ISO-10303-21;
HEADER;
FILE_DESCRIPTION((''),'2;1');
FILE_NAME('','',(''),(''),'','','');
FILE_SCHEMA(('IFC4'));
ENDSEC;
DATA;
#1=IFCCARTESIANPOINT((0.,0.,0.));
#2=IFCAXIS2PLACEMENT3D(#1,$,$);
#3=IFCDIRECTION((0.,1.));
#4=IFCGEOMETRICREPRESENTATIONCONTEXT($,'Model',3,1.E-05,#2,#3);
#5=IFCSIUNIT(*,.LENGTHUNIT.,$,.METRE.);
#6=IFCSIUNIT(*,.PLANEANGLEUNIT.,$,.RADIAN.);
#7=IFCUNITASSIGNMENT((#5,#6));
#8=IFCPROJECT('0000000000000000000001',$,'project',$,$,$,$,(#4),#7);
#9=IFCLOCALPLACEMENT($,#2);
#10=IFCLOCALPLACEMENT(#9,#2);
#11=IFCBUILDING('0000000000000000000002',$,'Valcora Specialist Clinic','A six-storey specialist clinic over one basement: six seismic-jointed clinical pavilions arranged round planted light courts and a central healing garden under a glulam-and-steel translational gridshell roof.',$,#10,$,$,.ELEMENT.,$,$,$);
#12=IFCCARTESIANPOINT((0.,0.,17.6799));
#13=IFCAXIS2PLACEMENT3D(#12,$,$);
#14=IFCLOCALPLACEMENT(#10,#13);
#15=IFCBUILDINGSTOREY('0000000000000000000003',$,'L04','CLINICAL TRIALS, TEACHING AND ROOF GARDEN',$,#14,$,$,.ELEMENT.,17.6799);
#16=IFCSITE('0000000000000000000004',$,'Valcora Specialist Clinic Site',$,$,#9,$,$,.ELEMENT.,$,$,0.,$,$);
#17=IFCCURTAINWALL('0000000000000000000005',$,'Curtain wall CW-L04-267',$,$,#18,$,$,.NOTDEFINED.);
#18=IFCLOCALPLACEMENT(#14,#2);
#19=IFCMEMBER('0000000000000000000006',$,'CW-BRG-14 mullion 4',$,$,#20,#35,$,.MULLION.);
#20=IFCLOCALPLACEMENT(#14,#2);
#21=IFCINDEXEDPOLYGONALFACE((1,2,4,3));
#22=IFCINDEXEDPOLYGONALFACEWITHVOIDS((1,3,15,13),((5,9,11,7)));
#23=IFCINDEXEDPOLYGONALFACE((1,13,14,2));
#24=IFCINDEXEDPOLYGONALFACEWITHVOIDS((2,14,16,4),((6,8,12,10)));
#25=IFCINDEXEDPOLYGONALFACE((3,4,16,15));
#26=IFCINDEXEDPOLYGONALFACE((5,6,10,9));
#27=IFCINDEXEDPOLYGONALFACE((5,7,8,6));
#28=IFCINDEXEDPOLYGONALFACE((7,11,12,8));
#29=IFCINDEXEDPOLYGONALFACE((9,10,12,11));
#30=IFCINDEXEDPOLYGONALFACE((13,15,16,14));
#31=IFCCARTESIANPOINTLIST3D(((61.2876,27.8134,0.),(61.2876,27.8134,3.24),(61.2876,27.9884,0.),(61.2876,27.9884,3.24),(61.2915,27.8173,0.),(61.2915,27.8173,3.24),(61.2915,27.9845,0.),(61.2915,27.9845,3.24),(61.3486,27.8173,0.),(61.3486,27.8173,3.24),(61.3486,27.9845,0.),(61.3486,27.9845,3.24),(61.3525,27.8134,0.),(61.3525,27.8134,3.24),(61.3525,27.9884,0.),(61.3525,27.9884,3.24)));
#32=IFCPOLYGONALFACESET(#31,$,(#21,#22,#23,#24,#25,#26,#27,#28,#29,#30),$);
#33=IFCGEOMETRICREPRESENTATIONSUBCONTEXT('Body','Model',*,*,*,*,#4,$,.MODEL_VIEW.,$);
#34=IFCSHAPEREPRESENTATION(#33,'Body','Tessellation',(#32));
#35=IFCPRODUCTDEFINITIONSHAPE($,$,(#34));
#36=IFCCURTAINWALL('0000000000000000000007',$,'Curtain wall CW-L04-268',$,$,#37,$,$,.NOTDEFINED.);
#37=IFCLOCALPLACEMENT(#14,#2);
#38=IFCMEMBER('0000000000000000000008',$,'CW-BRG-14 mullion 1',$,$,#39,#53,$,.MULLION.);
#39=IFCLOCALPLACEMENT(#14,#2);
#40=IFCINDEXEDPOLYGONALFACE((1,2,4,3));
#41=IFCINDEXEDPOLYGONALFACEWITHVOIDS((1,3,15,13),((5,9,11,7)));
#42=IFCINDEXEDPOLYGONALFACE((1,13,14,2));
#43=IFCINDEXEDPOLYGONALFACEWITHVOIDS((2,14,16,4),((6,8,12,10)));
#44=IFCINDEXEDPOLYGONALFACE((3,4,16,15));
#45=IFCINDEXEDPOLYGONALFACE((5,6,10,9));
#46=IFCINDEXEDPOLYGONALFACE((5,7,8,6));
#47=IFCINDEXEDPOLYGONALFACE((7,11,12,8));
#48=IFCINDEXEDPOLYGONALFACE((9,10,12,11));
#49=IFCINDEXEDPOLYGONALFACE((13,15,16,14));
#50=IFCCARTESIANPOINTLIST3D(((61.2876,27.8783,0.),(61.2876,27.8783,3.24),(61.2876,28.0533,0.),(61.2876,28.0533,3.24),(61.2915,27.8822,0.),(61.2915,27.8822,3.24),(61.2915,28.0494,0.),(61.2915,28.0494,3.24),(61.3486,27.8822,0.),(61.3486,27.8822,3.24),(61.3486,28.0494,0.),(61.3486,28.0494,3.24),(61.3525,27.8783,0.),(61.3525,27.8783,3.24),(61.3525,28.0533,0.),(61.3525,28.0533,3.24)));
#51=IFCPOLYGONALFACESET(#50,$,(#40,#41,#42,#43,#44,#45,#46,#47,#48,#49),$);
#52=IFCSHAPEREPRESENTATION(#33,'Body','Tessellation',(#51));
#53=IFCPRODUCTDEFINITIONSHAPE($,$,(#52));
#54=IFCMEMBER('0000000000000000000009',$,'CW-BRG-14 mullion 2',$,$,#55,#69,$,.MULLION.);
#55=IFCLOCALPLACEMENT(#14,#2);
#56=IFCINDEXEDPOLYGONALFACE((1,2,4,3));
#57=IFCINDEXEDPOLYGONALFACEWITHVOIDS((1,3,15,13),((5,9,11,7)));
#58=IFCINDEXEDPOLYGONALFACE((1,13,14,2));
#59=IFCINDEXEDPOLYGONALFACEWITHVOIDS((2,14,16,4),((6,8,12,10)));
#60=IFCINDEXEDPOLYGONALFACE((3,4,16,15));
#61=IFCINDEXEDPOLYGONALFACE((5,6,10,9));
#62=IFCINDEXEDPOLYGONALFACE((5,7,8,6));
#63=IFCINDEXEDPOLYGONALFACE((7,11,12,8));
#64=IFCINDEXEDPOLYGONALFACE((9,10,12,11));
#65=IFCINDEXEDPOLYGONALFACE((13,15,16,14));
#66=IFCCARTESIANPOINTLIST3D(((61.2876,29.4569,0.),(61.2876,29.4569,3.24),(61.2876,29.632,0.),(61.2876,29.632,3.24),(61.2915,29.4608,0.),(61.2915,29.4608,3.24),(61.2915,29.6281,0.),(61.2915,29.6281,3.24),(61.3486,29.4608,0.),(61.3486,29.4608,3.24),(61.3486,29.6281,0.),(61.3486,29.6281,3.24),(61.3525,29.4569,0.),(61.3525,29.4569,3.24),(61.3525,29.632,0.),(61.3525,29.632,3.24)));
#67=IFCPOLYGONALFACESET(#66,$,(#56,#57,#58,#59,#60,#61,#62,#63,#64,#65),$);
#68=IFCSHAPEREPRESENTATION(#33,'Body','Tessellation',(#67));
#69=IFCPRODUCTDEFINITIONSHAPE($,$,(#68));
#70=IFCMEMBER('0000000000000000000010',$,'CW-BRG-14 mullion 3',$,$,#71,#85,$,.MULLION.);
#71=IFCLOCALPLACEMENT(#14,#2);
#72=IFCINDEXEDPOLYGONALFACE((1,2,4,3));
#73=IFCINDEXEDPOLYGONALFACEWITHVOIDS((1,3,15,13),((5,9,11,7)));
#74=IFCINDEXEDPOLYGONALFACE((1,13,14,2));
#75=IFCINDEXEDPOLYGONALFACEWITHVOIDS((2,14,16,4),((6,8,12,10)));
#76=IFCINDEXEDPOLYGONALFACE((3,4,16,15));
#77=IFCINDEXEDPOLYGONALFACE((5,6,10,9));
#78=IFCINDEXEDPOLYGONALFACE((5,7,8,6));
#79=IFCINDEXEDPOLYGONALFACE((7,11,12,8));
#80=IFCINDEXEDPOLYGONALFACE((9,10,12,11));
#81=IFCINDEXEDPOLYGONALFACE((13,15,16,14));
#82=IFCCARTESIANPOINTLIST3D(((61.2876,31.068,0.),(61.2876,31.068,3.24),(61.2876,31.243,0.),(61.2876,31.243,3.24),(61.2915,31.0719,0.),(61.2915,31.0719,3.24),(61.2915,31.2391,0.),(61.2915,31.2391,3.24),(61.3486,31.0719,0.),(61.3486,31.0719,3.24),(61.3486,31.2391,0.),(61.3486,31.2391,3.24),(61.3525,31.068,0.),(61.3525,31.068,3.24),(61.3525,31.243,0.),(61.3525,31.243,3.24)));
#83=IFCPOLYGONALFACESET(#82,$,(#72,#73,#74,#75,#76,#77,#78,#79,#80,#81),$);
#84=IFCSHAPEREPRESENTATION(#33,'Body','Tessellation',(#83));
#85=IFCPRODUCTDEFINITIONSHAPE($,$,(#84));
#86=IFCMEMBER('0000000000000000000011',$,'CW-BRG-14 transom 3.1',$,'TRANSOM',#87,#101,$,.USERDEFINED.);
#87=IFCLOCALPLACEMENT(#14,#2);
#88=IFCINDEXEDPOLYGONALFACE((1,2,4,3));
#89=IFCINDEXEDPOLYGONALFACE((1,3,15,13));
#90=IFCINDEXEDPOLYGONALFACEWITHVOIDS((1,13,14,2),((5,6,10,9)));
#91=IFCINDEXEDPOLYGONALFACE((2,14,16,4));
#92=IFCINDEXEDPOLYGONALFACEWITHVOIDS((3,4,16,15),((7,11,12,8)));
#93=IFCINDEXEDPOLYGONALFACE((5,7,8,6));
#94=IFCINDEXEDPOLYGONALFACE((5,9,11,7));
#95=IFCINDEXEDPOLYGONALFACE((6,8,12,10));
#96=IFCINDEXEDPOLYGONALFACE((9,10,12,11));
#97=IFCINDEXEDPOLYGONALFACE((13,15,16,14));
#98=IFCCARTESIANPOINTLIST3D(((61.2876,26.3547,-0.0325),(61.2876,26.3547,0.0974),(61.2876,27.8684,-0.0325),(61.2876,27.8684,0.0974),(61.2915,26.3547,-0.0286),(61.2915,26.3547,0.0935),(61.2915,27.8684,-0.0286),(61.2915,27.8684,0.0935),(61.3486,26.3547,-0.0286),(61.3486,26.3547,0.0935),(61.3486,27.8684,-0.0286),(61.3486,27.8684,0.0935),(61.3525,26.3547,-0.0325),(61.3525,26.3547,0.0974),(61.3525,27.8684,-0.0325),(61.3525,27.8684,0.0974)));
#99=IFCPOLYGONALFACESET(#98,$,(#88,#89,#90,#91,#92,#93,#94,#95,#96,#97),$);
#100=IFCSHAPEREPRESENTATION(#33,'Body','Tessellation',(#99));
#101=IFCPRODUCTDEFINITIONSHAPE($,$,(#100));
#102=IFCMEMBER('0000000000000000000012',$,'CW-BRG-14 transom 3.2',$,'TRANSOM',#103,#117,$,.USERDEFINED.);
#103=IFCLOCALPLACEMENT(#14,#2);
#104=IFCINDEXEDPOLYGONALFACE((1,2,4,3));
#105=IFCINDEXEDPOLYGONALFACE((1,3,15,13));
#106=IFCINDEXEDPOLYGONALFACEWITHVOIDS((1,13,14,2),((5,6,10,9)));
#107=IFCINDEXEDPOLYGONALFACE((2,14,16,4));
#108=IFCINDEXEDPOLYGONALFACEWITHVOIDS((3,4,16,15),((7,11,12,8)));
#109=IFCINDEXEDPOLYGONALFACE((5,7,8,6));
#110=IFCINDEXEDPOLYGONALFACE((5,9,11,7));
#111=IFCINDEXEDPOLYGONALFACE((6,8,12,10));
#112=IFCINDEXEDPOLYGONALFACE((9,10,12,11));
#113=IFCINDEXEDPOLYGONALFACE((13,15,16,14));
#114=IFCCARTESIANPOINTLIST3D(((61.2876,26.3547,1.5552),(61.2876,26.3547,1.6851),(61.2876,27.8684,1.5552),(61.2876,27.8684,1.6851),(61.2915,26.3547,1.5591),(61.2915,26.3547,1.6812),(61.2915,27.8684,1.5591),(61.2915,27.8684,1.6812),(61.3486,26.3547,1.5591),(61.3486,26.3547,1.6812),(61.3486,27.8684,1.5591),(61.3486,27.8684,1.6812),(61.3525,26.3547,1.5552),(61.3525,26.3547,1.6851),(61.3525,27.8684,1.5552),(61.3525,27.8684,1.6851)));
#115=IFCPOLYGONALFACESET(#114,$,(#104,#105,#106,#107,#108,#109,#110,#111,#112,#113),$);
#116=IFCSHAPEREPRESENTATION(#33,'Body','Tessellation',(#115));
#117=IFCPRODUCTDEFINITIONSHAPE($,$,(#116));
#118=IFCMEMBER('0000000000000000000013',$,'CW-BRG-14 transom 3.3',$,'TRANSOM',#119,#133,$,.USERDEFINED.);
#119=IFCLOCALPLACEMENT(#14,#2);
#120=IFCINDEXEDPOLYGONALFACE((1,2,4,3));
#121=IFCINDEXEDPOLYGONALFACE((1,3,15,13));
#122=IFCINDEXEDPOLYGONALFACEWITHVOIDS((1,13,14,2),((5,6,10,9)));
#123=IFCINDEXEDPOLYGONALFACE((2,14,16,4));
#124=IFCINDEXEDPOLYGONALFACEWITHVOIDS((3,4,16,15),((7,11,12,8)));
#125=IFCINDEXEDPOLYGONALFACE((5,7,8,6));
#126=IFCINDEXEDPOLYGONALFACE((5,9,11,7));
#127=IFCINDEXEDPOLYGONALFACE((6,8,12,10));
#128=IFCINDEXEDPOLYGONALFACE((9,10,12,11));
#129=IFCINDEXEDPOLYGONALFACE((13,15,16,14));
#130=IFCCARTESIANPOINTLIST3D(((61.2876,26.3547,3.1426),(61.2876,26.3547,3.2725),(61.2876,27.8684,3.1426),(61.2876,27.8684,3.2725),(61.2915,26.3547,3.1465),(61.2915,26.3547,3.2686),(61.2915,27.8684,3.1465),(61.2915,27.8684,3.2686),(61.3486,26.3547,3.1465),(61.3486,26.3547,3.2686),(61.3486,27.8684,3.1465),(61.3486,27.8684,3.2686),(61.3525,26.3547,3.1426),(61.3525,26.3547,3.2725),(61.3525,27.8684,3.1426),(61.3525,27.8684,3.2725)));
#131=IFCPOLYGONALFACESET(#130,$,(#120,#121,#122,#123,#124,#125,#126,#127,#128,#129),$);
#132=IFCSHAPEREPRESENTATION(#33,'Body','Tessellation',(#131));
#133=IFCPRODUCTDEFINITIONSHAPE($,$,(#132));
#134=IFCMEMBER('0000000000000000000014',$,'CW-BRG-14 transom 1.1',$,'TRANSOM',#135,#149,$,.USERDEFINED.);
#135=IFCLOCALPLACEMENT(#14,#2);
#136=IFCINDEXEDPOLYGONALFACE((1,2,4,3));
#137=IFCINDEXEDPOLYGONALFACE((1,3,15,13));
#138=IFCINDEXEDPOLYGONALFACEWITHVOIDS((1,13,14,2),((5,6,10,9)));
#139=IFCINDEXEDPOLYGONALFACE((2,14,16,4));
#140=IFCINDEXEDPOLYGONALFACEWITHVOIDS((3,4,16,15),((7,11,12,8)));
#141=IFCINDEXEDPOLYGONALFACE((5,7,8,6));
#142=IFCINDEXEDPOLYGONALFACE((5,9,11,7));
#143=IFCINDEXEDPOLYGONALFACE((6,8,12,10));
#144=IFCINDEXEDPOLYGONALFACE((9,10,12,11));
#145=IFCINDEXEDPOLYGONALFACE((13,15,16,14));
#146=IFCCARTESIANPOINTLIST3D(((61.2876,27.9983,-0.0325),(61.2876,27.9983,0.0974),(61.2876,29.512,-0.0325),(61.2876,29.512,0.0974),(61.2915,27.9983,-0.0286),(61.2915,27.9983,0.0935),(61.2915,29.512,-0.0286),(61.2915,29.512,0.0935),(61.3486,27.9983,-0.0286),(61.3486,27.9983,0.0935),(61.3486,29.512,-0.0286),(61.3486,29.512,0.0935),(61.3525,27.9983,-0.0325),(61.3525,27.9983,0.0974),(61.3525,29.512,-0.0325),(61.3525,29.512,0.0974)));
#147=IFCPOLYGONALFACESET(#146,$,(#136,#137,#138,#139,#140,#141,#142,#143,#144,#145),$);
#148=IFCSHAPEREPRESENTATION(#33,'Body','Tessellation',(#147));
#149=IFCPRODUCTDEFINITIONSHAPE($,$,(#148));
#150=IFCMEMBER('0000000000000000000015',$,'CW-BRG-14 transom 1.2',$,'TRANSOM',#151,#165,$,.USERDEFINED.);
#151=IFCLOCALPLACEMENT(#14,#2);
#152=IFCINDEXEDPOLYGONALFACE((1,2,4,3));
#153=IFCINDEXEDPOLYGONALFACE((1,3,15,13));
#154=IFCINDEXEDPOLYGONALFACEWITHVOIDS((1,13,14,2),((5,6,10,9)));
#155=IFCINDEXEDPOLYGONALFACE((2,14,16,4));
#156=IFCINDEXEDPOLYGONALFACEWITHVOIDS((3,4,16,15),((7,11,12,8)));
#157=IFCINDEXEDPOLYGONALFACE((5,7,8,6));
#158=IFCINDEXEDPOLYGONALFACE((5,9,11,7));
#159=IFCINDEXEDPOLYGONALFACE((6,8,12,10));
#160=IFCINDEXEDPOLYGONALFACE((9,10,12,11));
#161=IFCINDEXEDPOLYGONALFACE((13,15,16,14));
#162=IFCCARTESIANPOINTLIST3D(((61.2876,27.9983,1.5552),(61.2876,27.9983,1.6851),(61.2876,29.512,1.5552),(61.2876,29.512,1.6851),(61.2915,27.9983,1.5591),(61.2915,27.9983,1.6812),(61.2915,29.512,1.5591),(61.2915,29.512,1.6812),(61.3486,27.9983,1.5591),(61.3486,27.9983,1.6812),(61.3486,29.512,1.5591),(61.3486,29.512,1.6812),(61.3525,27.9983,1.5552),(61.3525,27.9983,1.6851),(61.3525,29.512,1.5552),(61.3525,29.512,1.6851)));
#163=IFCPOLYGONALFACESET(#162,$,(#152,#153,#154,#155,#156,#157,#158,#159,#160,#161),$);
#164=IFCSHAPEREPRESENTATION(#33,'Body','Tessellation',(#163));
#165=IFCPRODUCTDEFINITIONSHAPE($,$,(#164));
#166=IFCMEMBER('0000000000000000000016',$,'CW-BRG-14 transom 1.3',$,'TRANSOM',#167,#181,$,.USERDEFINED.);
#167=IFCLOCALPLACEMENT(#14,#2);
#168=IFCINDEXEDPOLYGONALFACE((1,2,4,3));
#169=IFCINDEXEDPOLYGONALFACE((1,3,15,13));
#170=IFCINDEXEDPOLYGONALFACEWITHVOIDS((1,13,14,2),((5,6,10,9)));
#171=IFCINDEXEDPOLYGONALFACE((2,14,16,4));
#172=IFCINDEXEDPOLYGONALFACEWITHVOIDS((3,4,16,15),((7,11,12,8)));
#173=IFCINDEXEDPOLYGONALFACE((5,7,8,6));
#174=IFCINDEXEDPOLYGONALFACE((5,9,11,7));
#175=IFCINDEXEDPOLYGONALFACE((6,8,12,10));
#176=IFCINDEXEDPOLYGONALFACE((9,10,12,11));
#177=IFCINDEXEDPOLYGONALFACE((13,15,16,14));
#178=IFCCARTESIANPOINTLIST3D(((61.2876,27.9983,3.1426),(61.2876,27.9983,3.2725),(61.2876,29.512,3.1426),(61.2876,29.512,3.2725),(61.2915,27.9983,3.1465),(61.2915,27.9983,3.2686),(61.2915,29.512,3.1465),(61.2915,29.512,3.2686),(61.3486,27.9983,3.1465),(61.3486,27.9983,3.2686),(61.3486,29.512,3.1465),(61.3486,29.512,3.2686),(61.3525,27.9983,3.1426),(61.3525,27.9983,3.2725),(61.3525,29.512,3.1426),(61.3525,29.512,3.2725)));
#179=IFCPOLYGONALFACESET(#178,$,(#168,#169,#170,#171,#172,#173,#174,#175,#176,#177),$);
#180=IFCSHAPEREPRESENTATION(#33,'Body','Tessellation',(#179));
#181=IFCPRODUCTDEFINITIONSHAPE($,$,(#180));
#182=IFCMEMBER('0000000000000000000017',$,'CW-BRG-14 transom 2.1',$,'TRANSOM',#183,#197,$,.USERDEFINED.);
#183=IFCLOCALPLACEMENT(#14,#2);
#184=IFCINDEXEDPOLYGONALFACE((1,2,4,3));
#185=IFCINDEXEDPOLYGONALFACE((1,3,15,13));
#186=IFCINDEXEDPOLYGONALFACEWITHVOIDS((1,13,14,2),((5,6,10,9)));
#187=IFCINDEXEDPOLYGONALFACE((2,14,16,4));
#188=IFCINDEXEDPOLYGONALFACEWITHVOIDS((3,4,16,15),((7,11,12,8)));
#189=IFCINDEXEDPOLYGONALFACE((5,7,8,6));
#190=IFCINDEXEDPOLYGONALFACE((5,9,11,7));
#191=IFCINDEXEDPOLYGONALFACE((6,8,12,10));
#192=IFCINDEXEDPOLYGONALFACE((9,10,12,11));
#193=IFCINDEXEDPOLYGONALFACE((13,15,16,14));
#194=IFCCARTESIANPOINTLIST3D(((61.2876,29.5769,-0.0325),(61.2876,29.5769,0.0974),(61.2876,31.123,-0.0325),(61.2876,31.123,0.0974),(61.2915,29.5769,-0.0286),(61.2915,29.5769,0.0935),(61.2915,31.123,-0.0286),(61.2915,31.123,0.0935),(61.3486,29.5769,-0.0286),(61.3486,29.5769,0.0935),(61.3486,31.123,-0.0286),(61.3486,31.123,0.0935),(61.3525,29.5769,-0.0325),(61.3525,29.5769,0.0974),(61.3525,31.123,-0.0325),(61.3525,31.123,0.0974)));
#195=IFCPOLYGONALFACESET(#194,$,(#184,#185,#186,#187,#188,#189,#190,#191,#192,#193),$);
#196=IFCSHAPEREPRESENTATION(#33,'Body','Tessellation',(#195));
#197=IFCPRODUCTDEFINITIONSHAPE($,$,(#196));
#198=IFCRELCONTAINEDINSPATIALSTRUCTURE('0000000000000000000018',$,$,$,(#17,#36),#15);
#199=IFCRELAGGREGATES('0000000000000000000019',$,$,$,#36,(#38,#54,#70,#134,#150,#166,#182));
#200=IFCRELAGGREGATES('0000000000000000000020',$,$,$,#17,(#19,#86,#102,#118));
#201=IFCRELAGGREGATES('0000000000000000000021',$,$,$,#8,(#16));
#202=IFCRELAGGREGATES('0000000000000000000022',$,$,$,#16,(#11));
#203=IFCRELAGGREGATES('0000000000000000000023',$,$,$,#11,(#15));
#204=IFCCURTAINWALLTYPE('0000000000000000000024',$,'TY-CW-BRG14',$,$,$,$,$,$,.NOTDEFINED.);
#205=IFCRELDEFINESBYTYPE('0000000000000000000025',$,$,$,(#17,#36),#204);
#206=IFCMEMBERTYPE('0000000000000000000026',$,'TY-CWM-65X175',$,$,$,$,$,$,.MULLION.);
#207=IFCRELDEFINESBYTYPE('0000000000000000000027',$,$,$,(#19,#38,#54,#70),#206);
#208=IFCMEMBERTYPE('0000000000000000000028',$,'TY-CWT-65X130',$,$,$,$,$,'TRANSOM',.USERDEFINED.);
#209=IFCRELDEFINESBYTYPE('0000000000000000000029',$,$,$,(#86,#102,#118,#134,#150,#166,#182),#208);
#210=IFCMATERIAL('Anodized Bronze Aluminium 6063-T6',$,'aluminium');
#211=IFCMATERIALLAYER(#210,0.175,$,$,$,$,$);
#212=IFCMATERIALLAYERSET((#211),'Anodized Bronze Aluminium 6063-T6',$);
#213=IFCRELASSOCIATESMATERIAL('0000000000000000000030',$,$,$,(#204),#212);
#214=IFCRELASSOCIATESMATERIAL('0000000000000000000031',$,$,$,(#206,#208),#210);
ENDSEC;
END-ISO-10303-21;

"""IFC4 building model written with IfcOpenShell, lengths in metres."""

from ifc_helpers import new_model, si_unit, direction, frame, origin, origin_2d, place, context, subcontext, project, spatial, hollow_rectangle, extrude, material, layer, layer_set, material_profile, profile_set, type_object, element, aggregate, save


model = new_model("IFC4")

# Units and contexts
model_context = context("Model", 3, precision=1e-05, world=origin(), true_north=direction((0.0, 1.0)))
body_context = subcontext(model_context, "Body", "Model", "MODEL_VIEW")
ifc_project = project(units=[si_unit("LENGTHUNIT", "METRE"), si_unit("PLANEANGLEUNIT", "RADIAN")], contexts=[model_context])

# Site, building, storey
site_placement = place(None, origin())
site = spatial("IfcSite", under=ifc_project, at=site_placement, Name="Valcora Specialist Clinic Site", CompositionType="ELEMENT", RefElevation=0.0)
building_placement = place(site_placement, origin())
building = spatial("IfcBuilding", under=site, at=building_placement, Name="Valcora Specialist Clinic", Description="A six-storey specialist clinic over one basement: six seismic-jointed clinical pavilions arranged round planted light courts and a central healing garden under a glulam-and-steel translational gridshell roof.", CompositionType="ELEMENT")
storey_placement = place(building_placement, frame((0.0, 0.0, 17.6799)))
storey = spatial("IfcBuildingStorey", under=building, at=storey_placement, Name="L04", Description="CLINICAL TRIALS, TEACHING AND ROOF GARDEN", CompositionType="ELEMENT", Elevation=17.6799)

# Curtain wall, member
ifc_material_1 = material(Name="Anodized Bronze Aluminium 6063-T6", Category="aluminium")
ifc_layer_1 = layer(ifc_material_1, 0.175)
ifc_layer_set_1 = layer_set([ifc_layer_1], Name="Anodized Bronze Aluminium 6063-T6")
curtain_wall_type = type_object("IfcCurtainWallType", Name="TY-CW-BRG14", PredefinedType="NOTDEFINED", material=ifc_layer_set_1)
curtain_wall_1_placement = place(storey_placement, origin())
curtain_wall_1 = element("IfcCurtainWall", 1, at=curtain_wall_1_placement, inside=storey, type_object=curtain_wall_type, Name="Curtain wall CW-L04-267", PredefinedType="NOTDEFINED")
ifc_material_profile_1 = material_profile(ifc_material_1, hollow_rectangle(XDim=0.0649, YDim=0.175, WallThickness=0.0039, at=origin_2d()), Name="AL-MUL-65X175")
ifc_profile_set_1 = profile_set([ifc_material_profile_1], Name="Anodized Bronze Aluminium 6063-T6")
member_type_1 = type_object("IfcMemberType", Name="TY-CWM-65X175", PredefinedType="MULLION", material=ifc_profile_set_1)
member_1_placement = place(storey_placement, frame((61.3201, 27.9009, 0.0), z_axis=(0.0, 0.0, 1.0), x_axis=(-1.0, 0.0, 0.0)))
member_1 = element("IfcMember", 2, at=member_1_placement, type_object=member_type_1, Name="CW-BRG-14 mullion 4", PredefinedType="MULLION", context=body_context, shape_type="SweptSolid", body=[
    extrude(hollow_rectangle(XDim=0.0649, YDim=0.175, WallThickness=0.0039, at=origin_2d()), origin(), (0.0, 0.0, 1.0), 3.24),
])

# Curtain wall, members
curtain_wall_2_placement = place(storey_placement, origin())
curtain_wall_2 = element("IfcCurtainWall", 3, at=curtain_wall_2_placement, inside=storey, type_object=curtain_wall_type, Name="Curtain wall CW-L04-268", PredefinedType="NOTDEFINED")
member_2_placement = place(storey_placement, frame((61.3201, 27.9658, 0.0), z_axis=(0.0, 0.0, 1.0), x_axis=(-1.0, 0.0, 0.0)))
member_2 = element("IfcMember", 4, at=member_2_placement, type_object=member_type_1, Name="CW-BRG-14 mullion 1", PredefinedType="MULLION", context=body_context, shape_type="SweptSolid", body=[
    extrude(hollow_rectangle(XDim=0.0649, YDim=0.175, WallThickness=0.0039, at=origin_2d()), origin(), (0.0, 0.0, 1.0), 3.24),
])
member_3_placement = place(storey_placement, frame((61.3201, 29.5444, 0.0), z_axis=(0.0, 0.0, 1.0), x_axis=(-1.0, 0.0, 0.0)))
member_3 = element("IfcMember", 5, at=member_3_placement, type_object=member_type_1, Name="CW-BRG-14 mullion 2", PredefinedType="MULLION", context=body_context, shape_type="SweptSolid", body=[
    extrude(hollow_rectangle(XDim=0.0649, YDim=0.175, WallThickness=0.0039, at=origin_2d()), origin(), (0.0, 0.0, 1.0), 3.24),
])
member_4_placement = place(storey_placement, frame((61.3201, 31.1555, 0.0), z_axis=(0.0, 0.0, 1.0), x_axis=(-1.0, 0.0, 0.0)))
member_4 = element("IfcMember", 6, at=member_4_placement, type_object=member_type_1, Name="CW-BRG-14 mullion 3", PredefinedType="MULLION", context=body_context, shape_type="SweptSolid", body=[
    extrude(hollow_rectangle(XDim=0.0649, YDim=0.175, WallThickness=0.0039, at=origin_2d()), origin(), (0.0, 0.0, 1.0), 3.24),
])

# Members
ifc_material_profile_2 = material_profile(ifc_material_1, hollow_rectangle(XDim=0.0649, YDim=0.1299, WallThickness=0.0039, at=origin_2d()), Name="AL-TRN-65X130")
ifc_profile_set_2 = profile_set([ifc_material_profile_2], Name="Anodized Bronze Aluminium 6063-T6")
member_type_2 = type_object("IfcMemberType", Name="TY-CWT-65X130", ElementType="TRANSOM", PredefinedType="USERDEFINED", material=ifc_profile_set_2)
member_5_placement = place(storey_placement, frame((61.3201, 26.3547, 0.0325), z_axis=(0.0, 1.0, 0.0), x_axis=(-1.0, 0.0, 0.0)))
member_5 = element("IfcMember", 7, at=member_5_placement, type_object=member_type_2, Name="CW-BRG-14 transom 3.1", ObjectType="TRANSOM", PredefinedType="USERDEFINED", context=body_context, shape_type="SweptSolid", body=[
    extrude(hollow_rectangle(XDim=0.0649, YDim=0.1299, WallThickness=0.0039, at=origin_2d()), origin(), (0.0, 0.0, 1.0), 1.5137),
])
member_6_placement = place(storey_placement, frame((61.3201, 26.3547, 1.6201), z_axis=(0.0, 1.0, 0.0), x_axis=(-1.0, 0.0, 0.0)))
member_6 = element("IfcMember", 8, at=member_6_placement, type_object=member_type_2, Name="CW-BRG-14 transom 3.2", ObjectType="TRANSOM", PredefinedType="USERDEFINED", context=body_context, shape_type="SweptSolid", body=[
    extrude(hollow_rectangle(XDim=0.0649, YDim=0.1299, WallThickness=0.0039, at=origin_2d()), origin(), (0.0, 0.0, 1.0), 1.5137),
])
member_7_placement = place(storey_placement, frame((61.3201, 26.3547, 3.2075), z_axis=(0.0, 1.0, 0.0), x_axis=(-1.0, 0.0, 0.0)))
member_7 = element("IfcMember", 9, at=member_7_placement, type_object=member_type_2, Name="CW-BRG-14 transom 3.3", ObjectType="TRANSOM", PredefinedType="USERDEFINED", context=body_context, shape_type="SweptSolid", body=[
    extrude(hollow_rectangle(XDim=0.0649, YDim=0.1299, WallThickness=0.0039, at=origin_2d()), origin(), (0.0, 0.0, 1.0), 1.5137),
])
member_8_placement = place(storey_placement, frame((61.3201, 27.9983, 0.0325), z_axis=(0.0, 1.0, 0.0), x_axis=(-1.0, 0.0, 0.0)))
member_8 = element("IfcMember", 10, at=member_8_placement, type_object=member_type_2, Name="CW-BRG-14 transom 1.1", ObjectType="TRANSOM", PredefinedType="USERDEFINED", context=body_context, shape_type="SweptSolid", body=[
    extrude(hollow_rectangle(XDim=0.0649, YDim=0.1299, WallThickness=0.0039, at=origin_2d()), origin(), (0.0, 0.0, 1.0), 1.5137),
])
member_9_placement = place(storey_placement, frame((61.3201, 27.9983, 1.6201), z_axis=(0.0, 1.0, 0.0), x_axis=(-1.0, 0.0, 0.0)))
member_9 = element("IfcMember", 11, at=member_9_placement, type_object=member_type_2, Name="CW-BRG-14 transom 1.2", ObjectType="TRANSOM", PredefinedType="USERDEFINED", context=body_context, shape_type="SweptSolid", body=[
    extrude(hollow_rectangle(XDim=0.0649, YDim=0.1299, WallThickness=0.0039, at=origin_2d()), origin(), (0.0, 0.0, 1.0), 1.5137),
])
member_10_placement = place(storey_placement, frame((61.3201, 27.9983, 3.2075), z_axis=(0.0, 1.0, 0.0), x_axis=(-1.0, 0.0, 0.0)))
member_10 = element("IfcMember", 12, at=member_10_placement, type_object=member_type_2, Name="CW-BRG-14 transom 1.3", ObjectType="TRANSOM", PredefinedType="USERDEFINED", context=body_context, shape_type="SweptSolid", body=[
    extrude(hollow_rectangle(XDim=0.0649, YDim=0.1299, WallThickness=0.0039, at=origin_2d()), origin(), (0.0, 0.0, 1.0), 1.5137),
])
member_11_placement = place(storey_placement, frame((61.3201, 29.5769, 0.0325), z_axis=(0.0, 1.0, 0.0), x_axis=(-1.0, 0.0, 0.0)))
member_11 = element("IfcMember", 13, at=member_11_placement, type_object=member_type_2, Name="CW-BRG-14 transom 2.1", ObjectType="TRANSOM", PredefinedType="USERDEFINED", context=body_context, shape_type="SweptSolid", body=[
    extrude(hollow_rectangle(XDim=0.0649, YDim=0.1299, WallThickness=0.0039, at=origin_2d()), origin(), (0.0, 0.0, 1.0), 1.5461),
])

aggregate(curtain_wall_2, [member_2, member_3, member_4, member_8, member_9, member_10, member_11])
aggregate(curtain_wall_1, [member_1, member_5, member_6, member_7])

save(model, "model.ifc")
